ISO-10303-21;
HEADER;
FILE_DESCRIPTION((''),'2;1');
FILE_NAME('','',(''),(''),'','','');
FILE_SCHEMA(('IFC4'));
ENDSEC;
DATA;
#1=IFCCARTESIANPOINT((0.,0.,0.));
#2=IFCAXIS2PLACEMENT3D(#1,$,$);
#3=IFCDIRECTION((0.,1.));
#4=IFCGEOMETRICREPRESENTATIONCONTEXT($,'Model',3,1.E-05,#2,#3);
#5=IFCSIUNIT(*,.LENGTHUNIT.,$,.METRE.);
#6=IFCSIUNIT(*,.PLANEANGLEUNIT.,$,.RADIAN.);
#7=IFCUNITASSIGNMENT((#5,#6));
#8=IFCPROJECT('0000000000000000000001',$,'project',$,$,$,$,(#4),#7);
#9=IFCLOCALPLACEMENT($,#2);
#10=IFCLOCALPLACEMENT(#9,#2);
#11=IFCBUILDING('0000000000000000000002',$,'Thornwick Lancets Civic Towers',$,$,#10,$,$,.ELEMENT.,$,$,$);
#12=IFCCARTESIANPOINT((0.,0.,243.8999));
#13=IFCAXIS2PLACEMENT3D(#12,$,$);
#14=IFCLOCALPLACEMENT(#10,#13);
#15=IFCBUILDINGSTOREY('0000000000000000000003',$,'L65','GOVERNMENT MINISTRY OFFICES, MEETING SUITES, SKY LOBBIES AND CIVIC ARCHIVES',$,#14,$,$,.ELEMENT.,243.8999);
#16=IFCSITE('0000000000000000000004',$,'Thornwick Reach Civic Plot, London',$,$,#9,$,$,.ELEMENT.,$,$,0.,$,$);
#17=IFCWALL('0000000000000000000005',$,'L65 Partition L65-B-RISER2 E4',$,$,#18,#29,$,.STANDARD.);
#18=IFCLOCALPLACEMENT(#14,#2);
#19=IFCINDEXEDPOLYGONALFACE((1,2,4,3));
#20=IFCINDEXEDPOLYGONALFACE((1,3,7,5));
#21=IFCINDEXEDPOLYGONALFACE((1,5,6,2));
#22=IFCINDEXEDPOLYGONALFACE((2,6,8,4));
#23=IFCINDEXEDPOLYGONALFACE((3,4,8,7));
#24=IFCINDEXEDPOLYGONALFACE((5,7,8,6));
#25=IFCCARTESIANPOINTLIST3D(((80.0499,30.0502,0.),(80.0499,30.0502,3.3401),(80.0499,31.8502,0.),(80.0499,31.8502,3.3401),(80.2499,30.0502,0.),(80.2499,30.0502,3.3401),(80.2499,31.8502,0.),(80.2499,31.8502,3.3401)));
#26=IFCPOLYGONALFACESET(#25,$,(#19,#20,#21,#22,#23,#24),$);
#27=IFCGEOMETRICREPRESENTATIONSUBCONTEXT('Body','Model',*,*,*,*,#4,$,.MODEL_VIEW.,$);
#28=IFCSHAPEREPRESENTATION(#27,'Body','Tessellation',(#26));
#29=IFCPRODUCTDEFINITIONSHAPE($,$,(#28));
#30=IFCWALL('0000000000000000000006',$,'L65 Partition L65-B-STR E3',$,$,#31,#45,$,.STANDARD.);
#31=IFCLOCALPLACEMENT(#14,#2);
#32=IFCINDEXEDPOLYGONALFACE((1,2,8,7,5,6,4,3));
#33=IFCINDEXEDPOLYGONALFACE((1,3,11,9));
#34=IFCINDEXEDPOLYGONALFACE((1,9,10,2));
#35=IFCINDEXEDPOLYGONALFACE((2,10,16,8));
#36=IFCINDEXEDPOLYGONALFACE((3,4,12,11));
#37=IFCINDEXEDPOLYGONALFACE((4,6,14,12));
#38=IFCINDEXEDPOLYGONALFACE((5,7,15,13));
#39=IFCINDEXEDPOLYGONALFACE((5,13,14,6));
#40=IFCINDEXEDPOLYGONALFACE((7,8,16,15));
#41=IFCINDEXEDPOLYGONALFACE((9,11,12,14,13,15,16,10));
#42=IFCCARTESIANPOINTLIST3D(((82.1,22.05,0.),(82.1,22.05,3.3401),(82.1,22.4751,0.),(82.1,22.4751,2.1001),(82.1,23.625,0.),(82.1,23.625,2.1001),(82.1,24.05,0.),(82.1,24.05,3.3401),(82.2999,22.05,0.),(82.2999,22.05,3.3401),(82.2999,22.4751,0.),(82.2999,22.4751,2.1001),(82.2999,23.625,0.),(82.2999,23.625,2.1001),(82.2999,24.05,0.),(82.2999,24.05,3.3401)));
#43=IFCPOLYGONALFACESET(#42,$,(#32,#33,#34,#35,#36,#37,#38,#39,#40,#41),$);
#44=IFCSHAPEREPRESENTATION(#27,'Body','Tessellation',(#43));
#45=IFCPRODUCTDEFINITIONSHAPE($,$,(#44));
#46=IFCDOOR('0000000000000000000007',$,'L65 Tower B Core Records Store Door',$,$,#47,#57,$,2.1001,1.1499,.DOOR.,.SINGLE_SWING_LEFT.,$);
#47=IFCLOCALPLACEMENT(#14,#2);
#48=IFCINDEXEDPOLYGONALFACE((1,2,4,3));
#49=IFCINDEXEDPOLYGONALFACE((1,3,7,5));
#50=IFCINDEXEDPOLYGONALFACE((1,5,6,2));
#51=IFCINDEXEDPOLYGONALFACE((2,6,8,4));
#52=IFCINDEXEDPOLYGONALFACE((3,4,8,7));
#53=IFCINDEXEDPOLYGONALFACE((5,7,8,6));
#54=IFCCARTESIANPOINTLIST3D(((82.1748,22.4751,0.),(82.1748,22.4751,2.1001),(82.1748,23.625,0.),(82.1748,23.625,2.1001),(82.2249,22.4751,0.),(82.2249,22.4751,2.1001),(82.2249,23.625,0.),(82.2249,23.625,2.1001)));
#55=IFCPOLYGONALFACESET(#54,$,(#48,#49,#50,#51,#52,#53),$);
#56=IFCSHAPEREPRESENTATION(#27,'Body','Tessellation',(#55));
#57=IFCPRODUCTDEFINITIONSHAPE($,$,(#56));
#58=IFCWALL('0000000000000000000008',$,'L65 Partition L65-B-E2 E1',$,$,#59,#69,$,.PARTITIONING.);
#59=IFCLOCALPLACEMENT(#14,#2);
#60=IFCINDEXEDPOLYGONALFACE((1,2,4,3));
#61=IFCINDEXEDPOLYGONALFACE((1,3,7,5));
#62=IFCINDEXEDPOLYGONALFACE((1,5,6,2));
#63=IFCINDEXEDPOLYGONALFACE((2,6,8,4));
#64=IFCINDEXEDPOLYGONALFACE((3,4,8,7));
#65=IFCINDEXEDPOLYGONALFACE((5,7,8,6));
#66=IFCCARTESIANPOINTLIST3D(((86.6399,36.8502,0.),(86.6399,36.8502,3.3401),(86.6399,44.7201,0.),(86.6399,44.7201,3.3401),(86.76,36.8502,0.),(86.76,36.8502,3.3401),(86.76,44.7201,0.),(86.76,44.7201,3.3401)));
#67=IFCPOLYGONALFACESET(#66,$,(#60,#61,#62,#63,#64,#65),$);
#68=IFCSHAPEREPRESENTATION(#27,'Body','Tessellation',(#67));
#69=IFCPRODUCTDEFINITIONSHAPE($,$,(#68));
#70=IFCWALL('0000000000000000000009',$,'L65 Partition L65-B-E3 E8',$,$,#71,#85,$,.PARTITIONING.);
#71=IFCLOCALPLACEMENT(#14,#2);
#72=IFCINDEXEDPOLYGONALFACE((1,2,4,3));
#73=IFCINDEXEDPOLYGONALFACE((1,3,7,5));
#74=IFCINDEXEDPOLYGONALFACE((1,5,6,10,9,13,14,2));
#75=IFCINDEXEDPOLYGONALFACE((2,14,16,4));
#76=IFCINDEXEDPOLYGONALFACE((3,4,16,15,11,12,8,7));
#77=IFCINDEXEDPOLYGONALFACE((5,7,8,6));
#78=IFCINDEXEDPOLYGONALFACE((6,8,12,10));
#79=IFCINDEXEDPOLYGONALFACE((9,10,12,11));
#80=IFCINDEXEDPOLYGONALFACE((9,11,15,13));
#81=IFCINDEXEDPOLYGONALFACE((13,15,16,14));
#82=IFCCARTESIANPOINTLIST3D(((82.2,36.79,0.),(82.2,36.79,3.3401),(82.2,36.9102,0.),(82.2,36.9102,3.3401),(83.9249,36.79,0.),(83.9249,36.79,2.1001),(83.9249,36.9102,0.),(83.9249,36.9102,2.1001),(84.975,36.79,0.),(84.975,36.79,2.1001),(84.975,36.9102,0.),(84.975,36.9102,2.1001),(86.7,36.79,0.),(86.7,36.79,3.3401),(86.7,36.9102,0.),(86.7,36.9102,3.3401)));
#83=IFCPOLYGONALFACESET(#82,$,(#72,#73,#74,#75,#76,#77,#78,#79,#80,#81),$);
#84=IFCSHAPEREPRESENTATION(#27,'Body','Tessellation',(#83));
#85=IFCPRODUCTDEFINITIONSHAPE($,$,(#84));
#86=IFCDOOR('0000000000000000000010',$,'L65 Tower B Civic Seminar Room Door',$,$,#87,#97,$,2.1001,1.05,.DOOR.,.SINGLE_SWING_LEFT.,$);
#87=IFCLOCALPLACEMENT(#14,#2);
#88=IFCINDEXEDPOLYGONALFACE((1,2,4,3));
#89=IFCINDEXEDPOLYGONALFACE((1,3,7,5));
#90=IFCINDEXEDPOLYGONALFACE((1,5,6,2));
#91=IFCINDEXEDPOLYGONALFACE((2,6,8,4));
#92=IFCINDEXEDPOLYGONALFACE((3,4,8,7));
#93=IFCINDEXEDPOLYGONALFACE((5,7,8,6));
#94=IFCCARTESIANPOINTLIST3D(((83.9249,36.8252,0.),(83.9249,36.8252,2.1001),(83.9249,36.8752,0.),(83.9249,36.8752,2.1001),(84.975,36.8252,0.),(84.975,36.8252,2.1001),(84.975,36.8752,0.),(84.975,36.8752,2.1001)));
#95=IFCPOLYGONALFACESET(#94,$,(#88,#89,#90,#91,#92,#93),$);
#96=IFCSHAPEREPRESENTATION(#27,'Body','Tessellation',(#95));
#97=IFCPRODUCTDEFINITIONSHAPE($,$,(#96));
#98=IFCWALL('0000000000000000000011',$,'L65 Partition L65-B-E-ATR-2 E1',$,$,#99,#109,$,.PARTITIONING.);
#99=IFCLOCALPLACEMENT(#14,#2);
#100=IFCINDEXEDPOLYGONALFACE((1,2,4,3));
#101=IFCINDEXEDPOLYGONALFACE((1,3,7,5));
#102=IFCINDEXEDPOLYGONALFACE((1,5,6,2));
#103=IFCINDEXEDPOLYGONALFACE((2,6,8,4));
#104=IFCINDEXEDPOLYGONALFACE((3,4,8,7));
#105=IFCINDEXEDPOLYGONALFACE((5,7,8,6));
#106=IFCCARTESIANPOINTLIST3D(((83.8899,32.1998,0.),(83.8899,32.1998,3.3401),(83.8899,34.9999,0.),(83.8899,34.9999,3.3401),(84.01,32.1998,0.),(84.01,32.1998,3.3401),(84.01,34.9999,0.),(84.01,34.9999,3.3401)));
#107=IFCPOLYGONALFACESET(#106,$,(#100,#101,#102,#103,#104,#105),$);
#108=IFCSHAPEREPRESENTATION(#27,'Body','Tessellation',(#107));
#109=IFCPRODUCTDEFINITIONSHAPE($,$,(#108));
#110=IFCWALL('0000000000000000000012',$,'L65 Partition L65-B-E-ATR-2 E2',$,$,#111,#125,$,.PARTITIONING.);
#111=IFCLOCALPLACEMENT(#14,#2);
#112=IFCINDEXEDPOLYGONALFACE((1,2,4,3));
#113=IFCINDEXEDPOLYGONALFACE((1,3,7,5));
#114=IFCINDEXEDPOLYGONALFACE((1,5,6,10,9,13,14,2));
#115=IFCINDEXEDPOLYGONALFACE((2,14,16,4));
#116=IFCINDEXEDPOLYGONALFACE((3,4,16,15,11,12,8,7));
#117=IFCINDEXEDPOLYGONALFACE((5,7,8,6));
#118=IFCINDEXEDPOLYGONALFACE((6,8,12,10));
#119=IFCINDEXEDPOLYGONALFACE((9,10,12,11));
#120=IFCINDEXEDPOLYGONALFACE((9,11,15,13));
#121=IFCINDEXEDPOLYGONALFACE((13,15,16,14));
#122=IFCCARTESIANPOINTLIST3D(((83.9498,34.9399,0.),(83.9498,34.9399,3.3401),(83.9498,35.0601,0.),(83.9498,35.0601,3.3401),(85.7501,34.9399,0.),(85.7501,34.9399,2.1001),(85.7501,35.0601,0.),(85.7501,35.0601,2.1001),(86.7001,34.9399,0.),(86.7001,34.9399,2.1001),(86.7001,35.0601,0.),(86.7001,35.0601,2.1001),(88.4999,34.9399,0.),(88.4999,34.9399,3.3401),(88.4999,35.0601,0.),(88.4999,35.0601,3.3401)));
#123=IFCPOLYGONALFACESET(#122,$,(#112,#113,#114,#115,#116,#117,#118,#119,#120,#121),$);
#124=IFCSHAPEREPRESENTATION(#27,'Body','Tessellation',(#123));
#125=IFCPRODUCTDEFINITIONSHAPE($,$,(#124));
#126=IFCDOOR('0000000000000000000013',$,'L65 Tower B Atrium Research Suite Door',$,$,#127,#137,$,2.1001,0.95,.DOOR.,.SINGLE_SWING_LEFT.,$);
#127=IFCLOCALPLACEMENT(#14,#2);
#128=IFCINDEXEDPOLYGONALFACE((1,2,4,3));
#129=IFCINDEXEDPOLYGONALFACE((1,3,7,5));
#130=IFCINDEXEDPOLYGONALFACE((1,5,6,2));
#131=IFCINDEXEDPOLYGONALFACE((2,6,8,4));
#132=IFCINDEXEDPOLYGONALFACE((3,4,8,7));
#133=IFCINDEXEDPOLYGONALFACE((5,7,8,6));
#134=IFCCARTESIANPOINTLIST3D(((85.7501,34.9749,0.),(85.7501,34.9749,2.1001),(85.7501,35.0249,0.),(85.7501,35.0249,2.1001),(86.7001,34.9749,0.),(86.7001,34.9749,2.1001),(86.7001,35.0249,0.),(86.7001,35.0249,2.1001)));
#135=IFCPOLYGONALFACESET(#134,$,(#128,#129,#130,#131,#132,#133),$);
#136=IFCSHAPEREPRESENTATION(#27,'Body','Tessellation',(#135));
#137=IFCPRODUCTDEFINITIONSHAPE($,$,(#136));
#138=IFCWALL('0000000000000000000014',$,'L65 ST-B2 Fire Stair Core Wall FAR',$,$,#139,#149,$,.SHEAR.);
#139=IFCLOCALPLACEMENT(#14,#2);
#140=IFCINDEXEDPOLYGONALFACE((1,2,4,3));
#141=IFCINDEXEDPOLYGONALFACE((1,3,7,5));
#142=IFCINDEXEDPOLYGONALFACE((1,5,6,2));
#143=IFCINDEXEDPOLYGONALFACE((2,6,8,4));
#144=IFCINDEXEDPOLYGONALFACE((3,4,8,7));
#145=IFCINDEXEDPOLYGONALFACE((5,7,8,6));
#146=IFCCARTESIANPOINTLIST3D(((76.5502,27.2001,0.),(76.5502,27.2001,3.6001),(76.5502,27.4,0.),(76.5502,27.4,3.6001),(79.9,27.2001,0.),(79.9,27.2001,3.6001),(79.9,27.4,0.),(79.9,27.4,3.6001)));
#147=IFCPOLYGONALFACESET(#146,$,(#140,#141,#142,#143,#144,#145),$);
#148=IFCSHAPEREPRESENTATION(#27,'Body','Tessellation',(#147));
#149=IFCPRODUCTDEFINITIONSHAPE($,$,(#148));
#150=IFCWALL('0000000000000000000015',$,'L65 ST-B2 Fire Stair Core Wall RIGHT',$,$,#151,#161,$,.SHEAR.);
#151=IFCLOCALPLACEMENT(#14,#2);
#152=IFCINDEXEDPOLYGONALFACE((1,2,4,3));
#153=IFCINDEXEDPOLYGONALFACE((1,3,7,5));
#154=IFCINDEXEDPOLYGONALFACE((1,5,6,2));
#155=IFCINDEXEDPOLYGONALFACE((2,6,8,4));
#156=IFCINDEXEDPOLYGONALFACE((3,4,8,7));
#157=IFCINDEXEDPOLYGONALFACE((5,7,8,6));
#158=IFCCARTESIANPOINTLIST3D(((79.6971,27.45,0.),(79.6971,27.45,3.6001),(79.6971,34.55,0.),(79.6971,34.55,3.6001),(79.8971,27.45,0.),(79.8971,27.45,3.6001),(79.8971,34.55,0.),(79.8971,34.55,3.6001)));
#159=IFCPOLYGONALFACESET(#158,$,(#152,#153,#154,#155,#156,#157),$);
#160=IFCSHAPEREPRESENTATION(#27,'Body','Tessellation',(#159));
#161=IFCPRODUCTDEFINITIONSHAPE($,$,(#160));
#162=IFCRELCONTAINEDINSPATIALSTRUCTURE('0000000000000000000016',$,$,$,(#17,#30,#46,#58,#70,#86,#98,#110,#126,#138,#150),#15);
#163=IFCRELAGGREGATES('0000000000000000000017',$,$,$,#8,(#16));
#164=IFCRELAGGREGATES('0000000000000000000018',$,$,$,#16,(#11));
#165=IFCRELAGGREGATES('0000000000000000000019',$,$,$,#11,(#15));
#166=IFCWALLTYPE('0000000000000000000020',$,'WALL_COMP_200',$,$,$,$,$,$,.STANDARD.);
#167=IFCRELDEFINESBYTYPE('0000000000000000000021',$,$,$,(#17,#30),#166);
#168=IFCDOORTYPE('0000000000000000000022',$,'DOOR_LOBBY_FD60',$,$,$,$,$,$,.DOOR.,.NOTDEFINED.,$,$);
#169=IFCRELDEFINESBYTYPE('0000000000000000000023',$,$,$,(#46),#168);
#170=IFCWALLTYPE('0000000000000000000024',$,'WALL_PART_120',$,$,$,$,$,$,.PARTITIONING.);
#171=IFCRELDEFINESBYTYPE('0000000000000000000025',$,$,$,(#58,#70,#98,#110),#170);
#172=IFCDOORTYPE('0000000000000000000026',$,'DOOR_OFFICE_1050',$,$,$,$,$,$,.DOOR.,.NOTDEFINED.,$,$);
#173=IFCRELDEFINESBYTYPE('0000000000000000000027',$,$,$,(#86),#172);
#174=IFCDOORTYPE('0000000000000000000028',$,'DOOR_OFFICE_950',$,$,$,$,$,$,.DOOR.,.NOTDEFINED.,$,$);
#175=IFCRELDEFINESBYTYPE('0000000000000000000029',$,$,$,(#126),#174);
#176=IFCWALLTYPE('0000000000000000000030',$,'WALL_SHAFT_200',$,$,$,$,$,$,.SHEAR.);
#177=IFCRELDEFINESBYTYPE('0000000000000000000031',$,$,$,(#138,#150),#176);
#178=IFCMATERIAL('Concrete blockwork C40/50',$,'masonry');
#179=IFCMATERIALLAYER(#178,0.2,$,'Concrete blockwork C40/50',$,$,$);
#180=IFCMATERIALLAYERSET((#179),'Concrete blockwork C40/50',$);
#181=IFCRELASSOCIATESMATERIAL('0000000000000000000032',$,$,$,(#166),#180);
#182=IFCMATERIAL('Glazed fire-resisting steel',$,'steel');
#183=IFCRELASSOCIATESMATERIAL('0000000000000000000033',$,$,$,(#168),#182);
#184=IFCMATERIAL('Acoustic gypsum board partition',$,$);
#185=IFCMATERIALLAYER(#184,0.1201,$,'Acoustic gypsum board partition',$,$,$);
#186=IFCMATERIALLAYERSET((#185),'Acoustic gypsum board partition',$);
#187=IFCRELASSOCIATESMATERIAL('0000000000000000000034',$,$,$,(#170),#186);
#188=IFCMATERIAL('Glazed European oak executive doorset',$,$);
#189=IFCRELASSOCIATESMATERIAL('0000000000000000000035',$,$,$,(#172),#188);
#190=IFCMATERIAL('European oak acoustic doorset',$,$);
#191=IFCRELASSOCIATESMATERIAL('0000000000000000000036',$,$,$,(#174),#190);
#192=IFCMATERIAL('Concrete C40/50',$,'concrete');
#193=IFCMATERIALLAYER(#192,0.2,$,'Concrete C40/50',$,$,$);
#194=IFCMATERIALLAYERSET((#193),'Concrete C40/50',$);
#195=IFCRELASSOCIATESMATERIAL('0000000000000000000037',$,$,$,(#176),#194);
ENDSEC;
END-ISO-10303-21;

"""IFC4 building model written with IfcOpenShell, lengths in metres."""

from ifc_helpers import new_model, si_unit, direction, frame, frame_2d, origin, place, context, subcontext, project, spatial, rectangle, extrude, material, layer, layer_set, type_object, element, fill, save


model = new_model("IFC4")

# Units and contexts
model_context = context("Model", 3, precision=1e-05, world=origin(), true_north=direction((0.0, 1.0)))
body_context = subcontext(model_context, "Body", "Model", "MODEL_VIEW")
ifc_project = project(units=[si_unit("LENGTHUNIT", "METRE"), si_unit("PLANEANGLEUNIT", "RADIAN")], contexts=[model_context])

# Site, building, storey
site_placement = place(None, origin())
site = spatial("IfcSite", under=ifc_project, at=site_placement, Name="Thornwick Reach Civic Plot, London", CompositionType="ELEMENT", RefElevation=0.0)
building_placement = place(site_placement, origin())
building = spatial("IfcBuilding", under=site, at=building_placement, Name="Thornwick Lancets Civic Towers", CompositionType="ELEMENT")
storey_placement = place(building_placement, frame((0.0, 0.0, 243.8999)))
storey = spatial("IfcBuildingStorey", under=building, at=storey_placement, Name="L65", Description="GOVERNMENT MINISTRY OFFICES, MEETING SUITES, SKY LOBBIES AND CIVIC ARCHIVES", CompositionType="ELEMENT", Elevation=243.8999)

# Shared definitions
ifc_material_1 = material(Name="Concrete blockwork C40/50", Category="masonry")
ifc_layer_1 = layer(ifc_material_1, 0.2, Name="Concrete blockwork C40/50")
ifc_layer_set_1 = layer_set([ifc_layer_1], Name="Concrete blockwork C40/50")
wall_type_1 = type_object("IfcWallType", Name="WALL_COMP_200", PredefinedType="STANDARD", material=ifc_layer_set_1)

# Shared definitions
ifc_material_2 = material(Name="Glazed fire-resisting steel", Category="steel")
door_type_1 = type_object("IfcDoorType", Name="DOOR_LOBBY_FD60", OperationType="NOTDEFINED", PredefinedType="DOOR", material=ifc_material_2)

# Wall
wall_1_placement = place(storey_placement, frame((80.1499, 31.8501, 0.0), z_axis=(0.0, 0.0, 1.0), x_axis=(0.0, -1.0, 0.0)))
element("IfcWall", 1, at=wall_1_placement, inside=storey, type_object=wall_type_1, Name="L65 Partition L65-B-RISER2 E4", PredefinedType="STANDARD", context=body_context, shape_type="SweptSolid", body=[
    extrude(rectangle(XDim=1.8, YDim=0.2, at=frame_2d((0.8999, 0.0))), origin(), (0.0, 0.0, 1.0), 3.3401),
])

# Wall, opening, door
wall_2_placement = place(storey_placement, frame((82.2, 24.05, 0.0), z_axis=(0.0, 0.0, 1.0), x_axis=(0.0, -1.0, 0.0)))
wall_2 = element("IfcWall", 2, at=wall_2_placement, inside=storey, type_object=wall_type_1, Name="L65 Partition L65-B-STR E3", PredefinedType="STANDARD", context=body_context, shape_type="SweptSolid", body=[
    extrude(rectangle(XDim=2.0, YDim=0.2, at=frame_2d((1.0, 0.0))), origin(), (0.0, 0.0, 1.0), 3.3401),
])
opening_1_placement = place(wall_2_placement, frame((0.425, 0.0, 0.0)))
opening_1 = element("IfcOpeningElement", 3, at=opening_1_placement, cuts=wall_2, PredefinedType="OPENING", context=body_context, shape_type="SweptSolid", body=[
    extrude(rectangle(XDim=1.1499, YDim=2.1001, at=frame_2d((0.575, 1.05))), frame((0.0, 0.1099, 0.0), z_axis=(0.0, -1.0, 0.0), x_axis=(1.0, 0.0, 0.0)), (0.0, 0.0, 1.0), 0.22),
])
door_1_placement = place(opening_1_placement, origin())
door_1 = element("IfcDoor", 4, at=door_1_placement, inside=storey, type_object=door_type_1, Name="L65 Tower B Core Records Store Door", OperationType="SINGLE_SWING_LEFT", OverallHeight=2.1001, OverallWidth=1.1499, PredefinedType="DOOR", context=body_context, shape_type="SweptSolid", body=[
    extrude(rectangle(XDim=1.1499, YDim=2.1001, at=frame_2d((0.575, 1.05))), frame((0.0, 0.0249, 0.0), z_axis=(0.0, -1.0, 0.0), x_axis=(1.0, 0.0, 0.0)), (0.0, 0.0, 1.0), 0.05),
])
fill(opening_1, door_1)

# Wall
ifc_material_3 = material(Name="Acoustic gypsum board partition")
ifc_layer_2 = layer(ifc_material_3, 0.1201, Name="Acoustic gypsum board partition")
ifc_layer_set_2 = layer_set([ifc_layer_2], Name="Acoustic gypsum board partition")
wall_type_2 = type_object("IfcWallType", Name="WALL_PART_120", PredefinedType="PARTITIONING", material=ifc_layer_set_2)
wall_3_placement = place(storey_placement, frame((86.7, 36.8501, 0.0), z_axis=(0.0, 0.0, 1.0), x_axis=(0.0, 1.0, 0.0)))
element("IfcWall", 5, at=wall_3_placement, inside=storey, type_object=wall_type_2, Name="L65 Partition L65-B-E2 E1", PredefinedType="PARTITIONING", context=body_context, shape_type="SweptSolid", body=[
    extrude(rectangle(XDim=7.8699, YDim=0.1201, at=frame_2d((3.9351, 0.0))), origin(), (0.0, 0.0, 1.0), 3.3401),
])

# Wall, opening, door
wall_4_placement = place(storey_placement, frame((86.7, 36.8501, 0.0), z_axis=(0.0, 0.0, 1.0), x_axis=(-1.0, 0.0, 0.0)))
wall_4 = element("IfcWall", 6, at=wall_4_placement, inside=storey, type_object=wall_type_2, Name="L65 Partition L65-B-E3 E8", PredefinedType="PARTITIONING", context=body_context, shape_type="SweptSolid", body=[
    extrude(rectangle(XDim=4.5, YDim=0.1201, at=frame_2d((2.25, 0.0))), origin(), (0.0, 0.0, 1.0), 3.3401),
])
opening_2_placement = place(wall_4_placement, frame((1.7251, 0.0, 0.0)))
opening_2 = element("IfcOpeningElement", 7, at=opening_2_placement, cuts=wall_4, PredefinedType="OPENING", context=body_context, shape_type="SweptSolid", body=[
    extrude(rectangle(XDim=1.05, YDim=2.1001, at=frame_2d((0.5249, 1.05))), frame((0.0, 0.0701, 0.0), z_axis=(0.0, -1.0, 0.0), x_axis=(1.0, 0.0, 0.0)), (0.0, 0.0, 1.0), 0.1401),
])
ifc_material_4 = material(Name="Glazed European oak executive doorset")
door_type_2 = type_object("IfcDoorType", Name="DOOR_OFFICE_1050", OperationType="NOTDEFINED", PredefinedType="DOOR", material=ifc_material_4)
door_2_placement = place(opening_2_placement, origin())
door_2 = element("IfcDoor", 8, at=door_2_placement, inside=storey, type_object=door_type_2, Name="L65 Tower B Civic Seminar Room Door", OperationType="SINGLE_SWING_LEFT", OverallHeight=2.1001, OverallWidth=1.05, PredefinedType="DOOR", context=body_context, shape_type="SweptSolid", body=[
    extrude(rectangle(XDim=1.05, YDim=2.1001, at=frame_2d((0.5249, 1.05))), frame((0.0, 0.0249, 0.0), z_axis=(0.0, -1.0, 0.0), x_axis=(1.0, 0.0, 0.0)), (0.0, 0.0, 1.0), 0.05),
])
fill(opening_2, door_2)

# Wall
wall_5_placement = place(storey_placement, frame((83.95, 32.2, 0.0), z_axis=(0.0, 0.0, 1.0), x_axis=(0.0, 1.0, 0.0)))
element("IfcWall", 9, at=wall_5_placement, inside=storey, type_object=wall_type_2, Name="L65 Partition L65-B-E-ATR-2 E1", PredefinedType="PARTITIONING", context=body_context, shape_type="SweptSolid", body=[
    extrude(rectangle(XDim=2.8, YDim=0.1201, at=frame_2d((1.3999, 0.0))), origin(), (0.0, 0.0, 1.0), 3.3401),
])

# Wall, opening, door
wall_6_placement = place(storey_placement, frame((83.95, 35.0, 0.0), z_axis=(0.0, 0.0, 1.0), x_axis=(1.0, 0.0, 0.0)))
wall_6 = element("IfcWall", 10, at=wall_6_placement, inside=storey, type_object=wall_type_2, Name="L65 Partition L65-B-E-ATR-2 E2", PredefinedType="PARTITIONING", context=body_context, shape_type="SweptSolid", body=[
    extrude(rectangle(XDim=4.55, YDim=0.1201, at=frame_2d((2.2749, 0.0))), origin(), (0.0, 0.0, 1.0), 3.3401),
])
opening_3_placement = place(wall_6_placement, frame((1.8, 0.0, 0.0)))
opening_3 = element("IfcOpeningElement", 11, at=opening_3_placement, cuts=wall_6, PredefinedType="OPENING", context=body_context, shape_type="SweptSolid", body=[
    extrude(rectangle(XDim=0.95, YDim=2.1001, at=frame_2d((0.4751, 1.05))), frame((0.0, 0.0701, 0.0), z_axis=(0.0, -1.0, 0.0), x_axis=(1.0, 0.0, 0.0)), (0.0, 0.0, 1.0), 0.1401),
])
ifc_material_5 = material(Name="European oak acoustic doorset")
door_type_3 = type_object("IfcDoorType", Name="DOOR_OFFICE_950", OperationType="NOTDEFINED", PredefinedType="DOOR", material=ifc_material_5)
door_3_placement = place(opening_3_placement, origin())
door_3 = element("IfcDoor", 12, at=door_3_placement, inside=storey, type_object=door_type_3, Name="L65 Tower B Atrium Research Suite Door", OperationType="SINGLE_SWING_LEFT", OverallHeight=2.1001, OverallWidth=0.95, PredefinedType="DOOR", context=body_context, shape_type="SweptSolid", body=[
    extrude(rectangle(XDim=0.95, YDim=2.1001, at=frame_2d((0.4751, 1.05))), frame((0.0, 0.0249, 0.0), z_axis=(0.0, -1.0, 0.0), x_axis=(1.0, 0.0, 0.0)), (0.0, 0.0, 1.0), 0.05),
])
fill(opening_3, door_3)

# Walls
ifc_material_6 = material(Name="Concrete C40/50", Category="concrete")
ifc_layer_3 = layer(ifc_material_6, 0.2, Name="Concrete C40/50")
ifc_layer_set_3 = layer_set([ifc_layer_3], Name="Concrete C40/50")
wall_type_3 = type_object("IfcWallType", Name="WALL_SHAFT_200", PredefinedType="SHEAR", material=ifc_layer_set_3)
wall_7_placement = place(storey_placement, frame((79.8999, 27.3, 0.0), z_axis=(0.0, 0.0, 1.0), x_axis=(-1.0, 0.0, 0.0)))
element("IfcWall", 13, at=wall_7_placement, inside=storey, type_object=wall_type_3, Name="L65 ST-B2 Fire Stair Core Wall FAR", PredefinedType="SHEAR", context=body_context, shape_type="SweptSolid", body=[
    extrude(rectangle(XDim=3.3499, YDim=0.2, at=frame_2d((1.6748, 0.0))), origin(), (0.0, 0.0, 1.0), 3.6001),
])
wall_8_placement = place(storey_placement, frame((79.7971, 27.45, 0.0), z_axis=(0.0, 0.0, 1.0), x_axis=(0.0, 1.0, 0.0)))
element("IfcWall", 14, at=wall_8_placement, inside=storey, type_object=wall_type_3, Name="L65 ST-B2 Fire Stair Core Wall RIGHT", PredefinedType="SHEAR", context=body_context, shape_type="SweptSolid", body=[
    extrude(rectangle(XDim=7.1001, YDim=0.2, at=frame_2d((3.55, 0.0))), origin(), (0.0, 0.0, 1.0), 3.6001),
])

save(model, "model.ifc")
